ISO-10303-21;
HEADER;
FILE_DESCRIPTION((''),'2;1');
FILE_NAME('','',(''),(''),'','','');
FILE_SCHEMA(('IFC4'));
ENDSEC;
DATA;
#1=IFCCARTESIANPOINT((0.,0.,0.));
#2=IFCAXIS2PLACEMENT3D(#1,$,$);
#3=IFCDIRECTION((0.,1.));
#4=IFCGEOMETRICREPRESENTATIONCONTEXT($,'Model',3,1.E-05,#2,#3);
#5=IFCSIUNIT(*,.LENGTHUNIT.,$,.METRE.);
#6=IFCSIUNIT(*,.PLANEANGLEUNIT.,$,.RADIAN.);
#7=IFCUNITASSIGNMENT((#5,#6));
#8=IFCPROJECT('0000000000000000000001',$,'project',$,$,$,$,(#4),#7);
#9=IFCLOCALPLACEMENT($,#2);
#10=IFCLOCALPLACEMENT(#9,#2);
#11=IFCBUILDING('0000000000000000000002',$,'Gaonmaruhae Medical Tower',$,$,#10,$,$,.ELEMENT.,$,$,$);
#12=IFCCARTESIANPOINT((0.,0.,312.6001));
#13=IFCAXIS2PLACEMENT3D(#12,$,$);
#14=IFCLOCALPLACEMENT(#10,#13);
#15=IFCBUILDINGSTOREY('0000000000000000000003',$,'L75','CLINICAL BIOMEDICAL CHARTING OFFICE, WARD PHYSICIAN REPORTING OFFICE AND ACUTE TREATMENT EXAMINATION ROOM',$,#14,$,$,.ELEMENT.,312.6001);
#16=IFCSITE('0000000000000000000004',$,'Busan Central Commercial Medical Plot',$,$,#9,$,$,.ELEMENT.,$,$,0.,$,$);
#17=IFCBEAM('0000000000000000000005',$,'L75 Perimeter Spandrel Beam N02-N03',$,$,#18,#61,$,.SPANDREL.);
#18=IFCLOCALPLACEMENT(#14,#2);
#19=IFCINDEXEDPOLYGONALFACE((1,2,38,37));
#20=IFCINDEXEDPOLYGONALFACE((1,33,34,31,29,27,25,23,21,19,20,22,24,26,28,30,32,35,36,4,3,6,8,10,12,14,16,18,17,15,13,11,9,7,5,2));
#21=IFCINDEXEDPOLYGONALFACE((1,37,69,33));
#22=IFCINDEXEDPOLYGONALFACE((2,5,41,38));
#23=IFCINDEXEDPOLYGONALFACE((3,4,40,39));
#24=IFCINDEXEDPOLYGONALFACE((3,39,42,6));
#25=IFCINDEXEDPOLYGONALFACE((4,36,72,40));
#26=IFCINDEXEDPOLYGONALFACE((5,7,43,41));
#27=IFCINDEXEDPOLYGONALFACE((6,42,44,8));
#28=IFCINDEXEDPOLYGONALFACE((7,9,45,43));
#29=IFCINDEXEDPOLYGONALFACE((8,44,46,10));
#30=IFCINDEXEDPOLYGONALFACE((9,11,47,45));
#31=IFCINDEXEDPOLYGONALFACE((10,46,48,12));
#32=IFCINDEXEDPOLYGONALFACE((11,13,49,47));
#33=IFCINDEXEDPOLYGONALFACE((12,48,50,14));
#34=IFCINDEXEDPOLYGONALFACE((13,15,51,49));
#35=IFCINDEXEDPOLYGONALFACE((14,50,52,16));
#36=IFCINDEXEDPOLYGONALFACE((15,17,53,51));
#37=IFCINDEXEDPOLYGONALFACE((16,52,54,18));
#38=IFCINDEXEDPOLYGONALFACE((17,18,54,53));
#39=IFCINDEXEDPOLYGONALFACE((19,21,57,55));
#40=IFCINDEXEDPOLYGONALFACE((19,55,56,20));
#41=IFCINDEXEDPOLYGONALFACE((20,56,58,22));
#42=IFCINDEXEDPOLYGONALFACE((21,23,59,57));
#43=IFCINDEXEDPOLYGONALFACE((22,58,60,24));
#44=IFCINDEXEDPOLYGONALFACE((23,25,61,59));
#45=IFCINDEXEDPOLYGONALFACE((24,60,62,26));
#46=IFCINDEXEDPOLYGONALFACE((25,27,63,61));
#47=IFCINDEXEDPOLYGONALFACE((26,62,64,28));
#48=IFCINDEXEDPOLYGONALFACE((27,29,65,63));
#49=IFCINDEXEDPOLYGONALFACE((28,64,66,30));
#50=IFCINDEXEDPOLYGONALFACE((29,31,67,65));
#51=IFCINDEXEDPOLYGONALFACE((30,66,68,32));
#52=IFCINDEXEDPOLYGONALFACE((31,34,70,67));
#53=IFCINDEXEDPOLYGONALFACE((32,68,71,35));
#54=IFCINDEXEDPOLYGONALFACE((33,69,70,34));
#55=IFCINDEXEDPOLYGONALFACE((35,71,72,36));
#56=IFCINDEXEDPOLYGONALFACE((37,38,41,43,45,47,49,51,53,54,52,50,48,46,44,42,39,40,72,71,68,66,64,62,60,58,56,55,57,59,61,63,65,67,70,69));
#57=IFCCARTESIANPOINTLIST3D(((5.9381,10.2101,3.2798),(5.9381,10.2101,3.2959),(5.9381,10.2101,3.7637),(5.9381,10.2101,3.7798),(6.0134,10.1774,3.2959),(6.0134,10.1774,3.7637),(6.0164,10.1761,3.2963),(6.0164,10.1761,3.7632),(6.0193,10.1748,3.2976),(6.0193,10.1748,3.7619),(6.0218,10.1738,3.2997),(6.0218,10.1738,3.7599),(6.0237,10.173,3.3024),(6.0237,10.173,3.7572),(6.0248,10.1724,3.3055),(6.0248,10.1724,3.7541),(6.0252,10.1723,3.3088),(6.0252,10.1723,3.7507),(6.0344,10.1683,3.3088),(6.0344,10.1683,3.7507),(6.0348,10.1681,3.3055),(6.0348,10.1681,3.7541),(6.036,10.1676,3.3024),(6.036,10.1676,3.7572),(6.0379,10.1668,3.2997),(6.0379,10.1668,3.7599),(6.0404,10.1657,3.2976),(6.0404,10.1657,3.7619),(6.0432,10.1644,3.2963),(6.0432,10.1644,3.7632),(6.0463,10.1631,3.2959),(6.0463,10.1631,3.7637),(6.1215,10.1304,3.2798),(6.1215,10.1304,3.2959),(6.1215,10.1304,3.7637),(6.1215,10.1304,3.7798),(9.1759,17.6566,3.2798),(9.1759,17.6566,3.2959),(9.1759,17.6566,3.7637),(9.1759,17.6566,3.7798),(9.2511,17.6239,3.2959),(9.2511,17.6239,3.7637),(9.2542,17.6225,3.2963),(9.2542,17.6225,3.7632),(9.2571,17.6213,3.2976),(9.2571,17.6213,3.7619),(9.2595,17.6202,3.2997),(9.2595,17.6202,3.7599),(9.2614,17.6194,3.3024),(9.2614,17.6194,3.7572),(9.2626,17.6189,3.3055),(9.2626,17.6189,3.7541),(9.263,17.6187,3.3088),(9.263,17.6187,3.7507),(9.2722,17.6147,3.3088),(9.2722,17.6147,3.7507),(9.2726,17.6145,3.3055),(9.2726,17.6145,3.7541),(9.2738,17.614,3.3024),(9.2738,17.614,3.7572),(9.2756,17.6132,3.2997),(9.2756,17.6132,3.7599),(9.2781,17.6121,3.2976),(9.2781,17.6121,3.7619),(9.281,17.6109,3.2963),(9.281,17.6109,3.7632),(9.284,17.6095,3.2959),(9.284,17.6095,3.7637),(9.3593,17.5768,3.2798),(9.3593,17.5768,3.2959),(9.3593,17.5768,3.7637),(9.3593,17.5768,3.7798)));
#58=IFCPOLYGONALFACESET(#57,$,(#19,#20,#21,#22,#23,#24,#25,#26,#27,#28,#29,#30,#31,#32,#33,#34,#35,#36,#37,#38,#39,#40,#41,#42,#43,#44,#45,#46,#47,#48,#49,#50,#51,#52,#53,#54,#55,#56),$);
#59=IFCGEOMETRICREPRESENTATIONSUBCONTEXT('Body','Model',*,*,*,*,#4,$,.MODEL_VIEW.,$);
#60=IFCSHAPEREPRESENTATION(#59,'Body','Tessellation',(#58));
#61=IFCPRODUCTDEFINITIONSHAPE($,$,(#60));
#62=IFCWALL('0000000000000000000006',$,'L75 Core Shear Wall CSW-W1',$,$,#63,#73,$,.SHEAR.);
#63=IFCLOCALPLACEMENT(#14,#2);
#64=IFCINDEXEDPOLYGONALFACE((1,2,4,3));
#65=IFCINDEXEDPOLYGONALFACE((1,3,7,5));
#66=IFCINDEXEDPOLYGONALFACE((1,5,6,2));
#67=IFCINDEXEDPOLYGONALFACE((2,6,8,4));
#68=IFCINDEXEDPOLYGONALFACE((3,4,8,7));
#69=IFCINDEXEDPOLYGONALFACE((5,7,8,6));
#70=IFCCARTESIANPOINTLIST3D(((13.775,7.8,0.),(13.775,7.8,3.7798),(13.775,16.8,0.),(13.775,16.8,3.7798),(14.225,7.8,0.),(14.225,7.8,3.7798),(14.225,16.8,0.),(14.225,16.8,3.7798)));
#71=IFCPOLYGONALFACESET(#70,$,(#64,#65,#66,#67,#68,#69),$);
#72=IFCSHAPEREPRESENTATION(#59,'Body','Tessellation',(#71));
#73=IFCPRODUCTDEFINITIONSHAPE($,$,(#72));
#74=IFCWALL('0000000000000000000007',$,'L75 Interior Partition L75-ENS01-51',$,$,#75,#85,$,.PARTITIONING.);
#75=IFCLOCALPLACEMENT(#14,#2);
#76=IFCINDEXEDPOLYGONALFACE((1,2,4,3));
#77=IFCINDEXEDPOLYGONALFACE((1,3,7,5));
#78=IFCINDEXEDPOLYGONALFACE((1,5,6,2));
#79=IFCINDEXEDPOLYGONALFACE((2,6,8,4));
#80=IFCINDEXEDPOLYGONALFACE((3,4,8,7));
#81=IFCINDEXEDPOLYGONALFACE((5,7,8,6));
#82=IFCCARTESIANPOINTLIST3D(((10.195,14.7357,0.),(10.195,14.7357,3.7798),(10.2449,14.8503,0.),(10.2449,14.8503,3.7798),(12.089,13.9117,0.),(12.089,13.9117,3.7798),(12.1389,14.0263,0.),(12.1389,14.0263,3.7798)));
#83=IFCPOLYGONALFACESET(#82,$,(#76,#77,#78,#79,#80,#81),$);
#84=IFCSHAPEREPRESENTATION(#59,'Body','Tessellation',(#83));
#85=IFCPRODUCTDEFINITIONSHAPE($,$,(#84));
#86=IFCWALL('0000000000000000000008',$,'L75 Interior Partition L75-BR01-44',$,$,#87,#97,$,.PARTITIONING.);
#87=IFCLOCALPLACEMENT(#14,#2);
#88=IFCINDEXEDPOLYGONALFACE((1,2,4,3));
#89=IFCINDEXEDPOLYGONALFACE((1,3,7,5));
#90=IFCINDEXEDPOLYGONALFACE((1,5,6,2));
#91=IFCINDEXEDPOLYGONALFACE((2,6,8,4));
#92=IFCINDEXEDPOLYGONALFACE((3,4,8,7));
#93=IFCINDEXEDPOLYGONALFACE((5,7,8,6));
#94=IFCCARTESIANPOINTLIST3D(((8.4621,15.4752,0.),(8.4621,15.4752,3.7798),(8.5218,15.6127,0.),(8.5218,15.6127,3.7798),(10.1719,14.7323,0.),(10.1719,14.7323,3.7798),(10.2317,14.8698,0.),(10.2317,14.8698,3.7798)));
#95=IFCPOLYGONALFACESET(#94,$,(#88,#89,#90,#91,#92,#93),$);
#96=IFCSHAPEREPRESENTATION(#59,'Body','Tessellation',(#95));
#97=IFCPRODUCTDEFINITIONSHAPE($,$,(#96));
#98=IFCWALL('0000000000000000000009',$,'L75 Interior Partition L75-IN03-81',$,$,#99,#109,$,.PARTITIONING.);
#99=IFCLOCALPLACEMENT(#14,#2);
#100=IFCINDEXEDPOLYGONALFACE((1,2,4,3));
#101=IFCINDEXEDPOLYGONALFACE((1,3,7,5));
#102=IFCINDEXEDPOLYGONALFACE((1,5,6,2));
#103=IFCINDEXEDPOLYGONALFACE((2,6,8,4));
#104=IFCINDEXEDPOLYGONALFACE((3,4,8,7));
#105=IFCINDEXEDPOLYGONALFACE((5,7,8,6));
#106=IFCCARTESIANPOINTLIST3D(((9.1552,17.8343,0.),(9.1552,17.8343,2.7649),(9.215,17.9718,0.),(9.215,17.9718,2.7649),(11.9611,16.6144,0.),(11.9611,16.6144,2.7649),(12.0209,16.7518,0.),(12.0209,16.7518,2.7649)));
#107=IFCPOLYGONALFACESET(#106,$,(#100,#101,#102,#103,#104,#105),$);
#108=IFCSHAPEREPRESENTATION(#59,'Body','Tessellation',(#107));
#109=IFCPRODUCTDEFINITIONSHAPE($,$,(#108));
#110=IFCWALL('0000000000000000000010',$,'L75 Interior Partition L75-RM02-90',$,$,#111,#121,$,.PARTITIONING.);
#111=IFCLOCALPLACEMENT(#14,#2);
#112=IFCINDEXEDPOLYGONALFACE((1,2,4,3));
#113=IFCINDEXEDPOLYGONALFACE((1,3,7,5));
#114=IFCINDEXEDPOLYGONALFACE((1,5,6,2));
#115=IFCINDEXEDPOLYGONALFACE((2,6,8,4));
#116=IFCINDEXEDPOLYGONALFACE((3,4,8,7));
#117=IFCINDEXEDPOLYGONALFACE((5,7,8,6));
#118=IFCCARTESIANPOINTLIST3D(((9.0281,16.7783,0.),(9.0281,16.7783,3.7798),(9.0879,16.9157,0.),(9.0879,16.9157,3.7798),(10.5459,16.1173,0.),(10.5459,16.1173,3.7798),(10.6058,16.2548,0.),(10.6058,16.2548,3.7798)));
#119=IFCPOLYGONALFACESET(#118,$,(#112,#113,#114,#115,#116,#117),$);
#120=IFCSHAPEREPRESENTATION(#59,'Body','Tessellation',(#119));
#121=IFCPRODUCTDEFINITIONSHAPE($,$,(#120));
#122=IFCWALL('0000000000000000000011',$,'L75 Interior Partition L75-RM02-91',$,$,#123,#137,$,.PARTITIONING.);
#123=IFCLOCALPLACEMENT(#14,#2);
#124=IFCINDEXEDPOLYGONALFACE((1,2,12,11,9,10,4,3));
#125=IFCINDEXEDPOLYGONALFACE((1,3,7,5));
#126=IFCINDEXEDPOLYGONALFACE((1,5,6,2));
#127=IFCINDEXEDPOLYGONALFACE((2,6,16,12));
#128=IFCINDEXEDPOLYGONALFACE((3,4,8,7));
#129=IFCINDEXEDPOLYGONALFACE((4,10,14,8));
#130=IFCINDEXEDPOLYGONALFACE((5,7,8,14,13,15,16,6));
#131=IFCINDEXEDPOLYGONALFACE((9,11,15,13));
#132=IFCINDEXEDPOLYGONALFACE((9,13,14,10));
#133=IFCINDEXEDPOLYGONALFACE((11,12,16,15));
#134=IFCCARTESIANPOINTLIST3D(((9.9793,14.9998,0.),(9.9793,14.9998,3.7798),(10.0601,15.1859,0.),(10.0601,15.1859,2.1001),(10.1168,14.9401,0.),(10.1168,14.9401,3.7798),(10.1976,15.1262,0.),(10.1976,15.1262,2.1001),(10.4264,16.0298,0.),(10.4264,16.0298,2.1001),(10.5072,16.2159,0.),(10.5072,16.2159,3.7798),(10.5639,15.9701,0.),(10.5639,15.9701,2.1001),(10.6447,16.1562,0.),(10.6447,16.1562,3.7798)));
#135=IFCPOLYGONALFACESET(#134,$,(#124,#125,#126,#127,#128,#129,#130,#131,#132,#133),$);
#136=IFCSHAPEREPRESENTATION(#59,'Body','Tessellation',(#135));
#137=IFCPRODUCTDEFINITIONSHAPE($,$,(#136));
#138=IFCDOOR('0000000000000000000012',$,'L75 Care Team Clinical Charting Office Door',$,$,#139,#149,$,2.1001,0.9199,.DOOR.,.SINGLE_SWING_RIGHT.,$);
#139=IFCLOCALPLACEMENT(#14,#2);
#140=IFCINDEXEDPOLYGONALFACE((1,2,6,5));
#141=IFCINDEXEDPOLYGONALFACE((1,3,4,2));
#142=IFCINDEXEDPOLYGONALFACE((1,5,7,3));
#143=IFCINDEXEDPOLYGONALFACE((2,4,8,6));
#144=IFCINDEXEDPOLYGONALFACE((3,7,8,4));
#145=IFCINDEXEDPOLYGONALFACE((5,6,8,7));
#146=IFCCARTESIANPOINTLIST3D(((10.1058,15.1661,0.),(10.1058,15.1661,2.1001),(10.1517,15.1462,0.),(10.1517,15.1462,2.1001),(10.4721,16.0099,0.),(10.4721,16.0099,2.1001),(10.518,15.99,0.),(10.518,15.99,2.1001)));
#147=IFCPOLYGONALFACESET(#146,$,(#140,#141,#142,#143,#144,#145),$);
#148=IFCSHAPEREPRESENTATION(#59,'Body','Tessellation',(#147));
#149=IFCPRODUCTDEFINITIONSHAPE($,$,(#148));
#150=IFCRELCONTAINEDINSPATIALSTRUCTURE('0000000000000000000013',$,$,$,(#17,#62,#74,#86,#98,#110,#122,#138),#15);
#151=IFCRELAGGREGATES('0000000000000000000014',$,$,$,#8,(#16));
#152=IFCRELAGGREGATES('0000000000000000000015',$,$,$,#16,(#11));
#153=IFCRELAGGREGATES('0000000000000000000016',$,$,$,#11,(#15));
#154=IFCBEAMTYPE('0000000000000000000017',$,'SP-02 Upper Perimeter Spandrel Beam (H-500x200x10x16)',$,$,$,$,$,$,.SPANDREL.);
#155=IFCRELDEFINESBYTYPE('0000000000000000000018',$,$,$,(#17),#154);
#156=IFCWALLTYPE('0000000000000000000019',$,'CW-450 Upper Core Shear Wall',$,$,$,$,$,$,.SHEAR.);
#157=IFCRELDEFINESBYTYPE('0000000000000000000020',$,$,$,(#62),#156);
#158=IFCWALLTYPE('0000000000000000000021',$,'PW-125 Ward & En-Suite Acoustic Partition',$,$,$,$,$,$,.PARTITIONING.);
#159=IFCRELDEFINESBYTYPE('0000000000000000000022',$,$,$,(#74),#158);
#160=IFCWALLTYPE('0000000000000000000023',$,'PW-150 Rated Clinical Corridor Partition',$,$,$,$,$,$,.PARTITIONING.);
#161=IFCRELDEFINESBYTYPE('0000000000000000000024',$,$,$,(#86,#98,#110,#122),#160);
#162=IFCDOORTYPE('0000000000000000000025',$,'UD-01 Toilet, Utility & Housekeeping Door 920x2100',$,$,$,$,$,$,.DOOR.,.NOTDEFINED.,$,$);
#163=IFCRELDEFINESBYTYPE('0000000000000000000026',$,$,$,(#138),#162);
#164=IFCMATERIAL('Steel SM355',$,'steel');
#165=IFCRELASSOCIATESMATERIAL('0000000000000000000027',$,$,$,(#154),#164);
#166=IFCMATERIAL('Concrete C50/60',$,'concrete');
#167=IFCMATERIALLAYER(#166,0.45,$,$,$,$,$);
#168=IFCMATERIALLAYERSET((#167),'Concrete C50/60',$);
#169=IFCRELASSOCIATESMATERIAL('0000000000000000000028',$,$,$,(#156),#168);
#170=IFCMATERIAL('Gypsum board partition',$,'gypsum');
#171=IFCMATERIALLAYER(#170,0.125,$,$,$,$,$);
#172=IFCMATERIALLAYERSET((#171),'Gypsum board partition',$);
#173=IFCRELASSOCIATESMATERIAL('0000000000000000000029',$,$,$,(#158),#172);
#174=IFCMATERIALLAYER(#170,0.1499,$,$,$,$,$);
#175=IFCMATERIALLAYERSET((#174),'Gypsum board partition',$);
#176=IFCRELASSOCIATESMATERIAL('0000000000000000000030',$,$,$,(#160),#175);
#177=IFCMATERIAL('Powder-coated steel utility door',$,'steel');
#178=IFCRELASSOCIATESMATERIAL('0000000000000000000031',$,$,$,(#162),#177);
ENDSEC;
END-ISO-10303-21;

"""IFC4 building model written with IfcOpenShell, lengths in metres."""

from ifc_helpers import new_model, si_unit, direction, frame, frame_2d, origin, origin_2d, place, context, subcontext, project, spatial, rectangle, i_section, extrude, material, layer, layer_set, material_profile, profile_set, type_object, element, fill, save


model = new_model("IFC4")

# Units and contexts
model_context = context("Model", 3, precision=1e-05, world=origin(), true_north=direction((0.0, 1.0)))
body_context = subcontext(model_context, "Body", "Model", "MODEL_VIEW")
ifc_project = project(units=[si_unit("LENGTHUNIT", "METRE"), si_unit("PLANEANGLEUNIT", "RADIAN")], contexts=[model_context])

# Site, building, storey
site_placement = place(None, origin())
site = spatial("IfcSite", under=ifc_project, at=site_placement, Name="Busan Central Commercial Medical Plot", CompositionType="ELEMENT", RefElevation=0.0)
building_placement = place(site_placement, origin())
building = spatial("IfcBuilding", under=site, at=building_placement, Name="Gaonmaruhae Medical Tower", CompositionType="ELEMENT")
storey_placement = place(building_placement, frame((0.0, 0.0, 312.6001)))
storey = spatial("IfcBuildingStorey", under=building, at=storey_placement, Name="L75", Description="CLINICAL BIOMEDICAL CHARTING OFFICE, WARD PHYSICIAN REPORTING OFFICE AND ACUTE TREATMENT EXAMINATION ROOM", CompositionType="ELEMENT", Elevation=312.6001)

# Shared definitions
ifc_material_1 = material(Name="Concrete C50/60", Category="concrete")

# Beam
ifc_material_2 = material(Name="Steel SM355", Category="steel")
ifc_material_profile_1 = material_profile(ifc_material_2, i_section(OverallWidth=0.2, OverallDepth=0.5, WebThickness=0.01, FlangeThickness=0.0161, FilletRadius=0.0129, at=origin_2d()), Name="H-500x200x10x16")
ifc_profile_set_1 = profile_set([ifc_material_profile_1], Name="Steel SM355")
beam_type_1 = type_object("IfcBeamType", Name="SP-02 Upper Perimeter Spandrel Beam (H-500x200x10x16)", PredefinedType="SPANDREL", material=ifc_profile_set_1)
beam_1_placement = place(storey_placement, frame((9.2676, 17.6167, 3.5298), z_axis=(-0.398744, -0.917062, 0.0), x_axis=(0.917062, -0.398744, 0.0)))
element("IfcBeam", 1, at=beam_1_placement, inside=storey, type_object=beam_type_1, Name="L75 Perimeter Spandrel Beam N02-N03", PredefinedType="SPANDREL", context=body_context, shape_type="SweptSolid", body=[
    extrude(i_section(OverallWidth=0.2, OverallDepth=0.5, WebThickness=0.01, FlangeThickness=0.0161, FilletRadius=0.0129, at=origin_2d()), origin(), (0.0, 0.0, 1.0), 8.1199),
])

# Walls
ifc_layer_1 = layer(ifc_material_1, 0.45)
ifc_layer_set_1 = layer_set([ifc_layer_1], Name="Concrete C50/60")
wall_type_1 = type_object("IfcWallType", Name="CW-450 Upper Core Shear Wall", PredefinedType="SHEAR", material=ifc_layer_set_1)
wall_1_placement = place(storey_placement, frame((14.0, 16.8, 0.0), z_axis=(0.0, 0.0, 1.0), x_axis=(0.0, -1.0, 0.0)))
element("IfcWall", 2, at=wall_1_placement, inside=storey, type_object=wall_type_1, Name="L75 Core Shear Wall CSW-W1", PredefinedType="SHEAR", context=body_context, shape_type="SweptSolid", body=[
    extrude(rectangle(XDim=9.0, YDim=0.45, at=frame_2d((4.5, 0.0))), origin(), (0.0, 0.0, 1.0), 3.7798),
])
ifc_material_3 = material(Name="Gypsum board partition", Category="gypsum")
ifc_layer_2 = layer(ifc_material_3, 0.125)
ifc_layer_set_2 = layer_set([ifc_layer_2], Name="Gypsum board partition")
wall_type_2 = type_object("IfcWallType", Name="PW-125 Ward & En-Suite Acoustic Partition", PredefinedType="PARTITIONING", material=ifc_layer_set_2)
wall_2_placement = place(storey_placement, frame((10.22, 14.793, 0.0), z_axis=(0.0, 0.0, 1.0), x_axis=(0.916985, -0.398921, 0.0)))
element("IfcWall", 3, at=wall_2_placement, inside=storey, type_object=wall_type_2, Name="L75 Interior Partition L75-ENS01-51", PredefinedType="PARTITIONING", context=body_context, shape_type="SweptSolid", body=[
    extrude(rectangle(XDim=2.0654, YDim=0.125, at=frame_2d((1.0327, 0.0))), origin(), (0.0, 0.0, 1.0), 3.7798),
])

# Shared definitions
ifc_layer_3 = layer(ifc_material_3, 0.1499)
ifc_layer_set_3 = layer_set([ifc_layer_3], Name="Gypsum board partition")
wall_type_3 = type_object("IfcWallType", Name="PW-150 Rated Clinical Corridor Partition", PredefinedType="PARTITIONING", material=ifc_layer_set_3)

# Walls
wall_3_placement = place(storey_placement, frame((8.4919, 15.5439, 0.0), z_axis=(0.0, 0.0, 1.0), x_axis=(0.917176, -0.398482, 0.0)))
element("IfcWall", 4, at=wall_3_placement, inside=storey, type_object=wall_type_3, Name="L75 Interior Partition L75-BR01-44", PredefinedType="PARTITIONING", context=body_context, shape_type="SweptSolid", body=[
    extrude(rectangle(XDim=1.8643, YDim=0.1499, at=frame_2d((0.9321, 0.0))), origin(), (0.0, 0.0, 1.0), 3.7798),
])
wall_4_placement = place(storey_placement, frame((11.991, 16.6831, 0.0), z_axis=(0.0, 0.0, 1.0), x_axis=(-0.917069, 0.398729, 0.0)))
element("IfcWall", 5, at=wall_4_placement, inside=storey, type_object=wall_type_3, Name="L75 Interior Partition L75-IN03-81", PredefinedType="PARTITIONING", context=body_context, shape_type="SweptSolid", body=[
    extrude(rectangle(XDim=3.0596, YDim=0.1499, at=frame_2d((1.5298, 0.0))), origin(), (0.0, 0.0, 1.0), 2.7649),
])
wall_5_placement = place(storey_placement, frame((9.0581, 16.8469, 0.0), z_axis=(0.0, 0.0, 1.0), x_axis=(0.916857, -0.399217, 0.0)))
element("IfcWall", 6, at=wall_5_placement, inside=storey, type_object=wall_type_3, Name="L75 Interior Partition L75-RM02-90", PredefinedType="PARTITIONING", context=body_context, shape_type="SweptSolid", body=[
    extrude(rectangle(XDim=1.6555, YDim=0.1499, at=frame_2d((0.8276, 0.0))), origin(), (0.0, 0.0, 1.0), 3.7798),
])

# Wall, opening, door
wall_6_placement = place(storey_placement, frame((10.5759, 16.186, 0.0), z_axis=(0.0, 0.0, 1.0), x_axis=(-0.39816, -0.917316, 0.0)))
wall_6 = element("IfcWall", 7, at=wall_6_placement, inside=storey, type_object=wall_type_3, Name="L75 Interior Partition L75-RM02-91", PredefinedType="PARTITIONING", context=body_context, shape_type="SweptSolid", body=[
    extrude(rectangle(XDim=1.3257, YDim=0.1499, at=frame_2d((0.6628, 0.0))), origin(), (0.0, 0.0, 1.0), 3.7798),
])
opening_1_placement = place(wall_6_placement, frame((0.2029, 0.0, 0.0)))
opening_1 = element("IfcOpeningElement", 8, at=opening_1_placement, cuts=wall_6, PredefinedType="OPENING", context=body_context, shape_type="SweptSolid", body=[
    extrude(rectangle(XDim=0.9199, YDim=2.1001, at=frame_2d((0.46, 1.05))), frame((0.0, 0.085, 0.0), z_axis=(0.0, -1.0, 0.0), x_axis=(1.0, 0.0, 0.0)), (0.0, 0.0, 1.0), 0.1699),
])
ifc_material_4 = material(Name="Powder-coated steel utility door", Category="steel")
door_type_1 = type_object("IfcDoorType", Name="UD-01 Toilet, Utility & Housekeeping Door 920x2100", OperationType="NOTDEFINED", PredefinedType="DOOR", material=ifc_material_4)
door_1_placement = place(opening_1_placement, origin())
door_1 = element("IfcDoor", 9, at=door_1_placement, inside=storey, type_object=door_type_1, Name="L75 Care Team Clinical Charting Office Door", OperationType="SINGLE_SWING_RIGHT", OverallHeight=2.1001, OverallWidth=0.9199, PredefinedType="DOOR", context=body_context, shape_type="SweptSolid", body=[
    extrude(rectangle(XDim=0.9199, YDim=2.1001, at=frame_2d((0.46, 1.05))), frame((0.0, 0.0249, 0.0), z_axis=(0.0, -1.0, 0.0), x_axis=(1.0, 0.0, 0.0)), (0.0, 0.0, 1.0), 0.05),
])
fill(opening_1, door_1)

save(model, "model.ifc")
